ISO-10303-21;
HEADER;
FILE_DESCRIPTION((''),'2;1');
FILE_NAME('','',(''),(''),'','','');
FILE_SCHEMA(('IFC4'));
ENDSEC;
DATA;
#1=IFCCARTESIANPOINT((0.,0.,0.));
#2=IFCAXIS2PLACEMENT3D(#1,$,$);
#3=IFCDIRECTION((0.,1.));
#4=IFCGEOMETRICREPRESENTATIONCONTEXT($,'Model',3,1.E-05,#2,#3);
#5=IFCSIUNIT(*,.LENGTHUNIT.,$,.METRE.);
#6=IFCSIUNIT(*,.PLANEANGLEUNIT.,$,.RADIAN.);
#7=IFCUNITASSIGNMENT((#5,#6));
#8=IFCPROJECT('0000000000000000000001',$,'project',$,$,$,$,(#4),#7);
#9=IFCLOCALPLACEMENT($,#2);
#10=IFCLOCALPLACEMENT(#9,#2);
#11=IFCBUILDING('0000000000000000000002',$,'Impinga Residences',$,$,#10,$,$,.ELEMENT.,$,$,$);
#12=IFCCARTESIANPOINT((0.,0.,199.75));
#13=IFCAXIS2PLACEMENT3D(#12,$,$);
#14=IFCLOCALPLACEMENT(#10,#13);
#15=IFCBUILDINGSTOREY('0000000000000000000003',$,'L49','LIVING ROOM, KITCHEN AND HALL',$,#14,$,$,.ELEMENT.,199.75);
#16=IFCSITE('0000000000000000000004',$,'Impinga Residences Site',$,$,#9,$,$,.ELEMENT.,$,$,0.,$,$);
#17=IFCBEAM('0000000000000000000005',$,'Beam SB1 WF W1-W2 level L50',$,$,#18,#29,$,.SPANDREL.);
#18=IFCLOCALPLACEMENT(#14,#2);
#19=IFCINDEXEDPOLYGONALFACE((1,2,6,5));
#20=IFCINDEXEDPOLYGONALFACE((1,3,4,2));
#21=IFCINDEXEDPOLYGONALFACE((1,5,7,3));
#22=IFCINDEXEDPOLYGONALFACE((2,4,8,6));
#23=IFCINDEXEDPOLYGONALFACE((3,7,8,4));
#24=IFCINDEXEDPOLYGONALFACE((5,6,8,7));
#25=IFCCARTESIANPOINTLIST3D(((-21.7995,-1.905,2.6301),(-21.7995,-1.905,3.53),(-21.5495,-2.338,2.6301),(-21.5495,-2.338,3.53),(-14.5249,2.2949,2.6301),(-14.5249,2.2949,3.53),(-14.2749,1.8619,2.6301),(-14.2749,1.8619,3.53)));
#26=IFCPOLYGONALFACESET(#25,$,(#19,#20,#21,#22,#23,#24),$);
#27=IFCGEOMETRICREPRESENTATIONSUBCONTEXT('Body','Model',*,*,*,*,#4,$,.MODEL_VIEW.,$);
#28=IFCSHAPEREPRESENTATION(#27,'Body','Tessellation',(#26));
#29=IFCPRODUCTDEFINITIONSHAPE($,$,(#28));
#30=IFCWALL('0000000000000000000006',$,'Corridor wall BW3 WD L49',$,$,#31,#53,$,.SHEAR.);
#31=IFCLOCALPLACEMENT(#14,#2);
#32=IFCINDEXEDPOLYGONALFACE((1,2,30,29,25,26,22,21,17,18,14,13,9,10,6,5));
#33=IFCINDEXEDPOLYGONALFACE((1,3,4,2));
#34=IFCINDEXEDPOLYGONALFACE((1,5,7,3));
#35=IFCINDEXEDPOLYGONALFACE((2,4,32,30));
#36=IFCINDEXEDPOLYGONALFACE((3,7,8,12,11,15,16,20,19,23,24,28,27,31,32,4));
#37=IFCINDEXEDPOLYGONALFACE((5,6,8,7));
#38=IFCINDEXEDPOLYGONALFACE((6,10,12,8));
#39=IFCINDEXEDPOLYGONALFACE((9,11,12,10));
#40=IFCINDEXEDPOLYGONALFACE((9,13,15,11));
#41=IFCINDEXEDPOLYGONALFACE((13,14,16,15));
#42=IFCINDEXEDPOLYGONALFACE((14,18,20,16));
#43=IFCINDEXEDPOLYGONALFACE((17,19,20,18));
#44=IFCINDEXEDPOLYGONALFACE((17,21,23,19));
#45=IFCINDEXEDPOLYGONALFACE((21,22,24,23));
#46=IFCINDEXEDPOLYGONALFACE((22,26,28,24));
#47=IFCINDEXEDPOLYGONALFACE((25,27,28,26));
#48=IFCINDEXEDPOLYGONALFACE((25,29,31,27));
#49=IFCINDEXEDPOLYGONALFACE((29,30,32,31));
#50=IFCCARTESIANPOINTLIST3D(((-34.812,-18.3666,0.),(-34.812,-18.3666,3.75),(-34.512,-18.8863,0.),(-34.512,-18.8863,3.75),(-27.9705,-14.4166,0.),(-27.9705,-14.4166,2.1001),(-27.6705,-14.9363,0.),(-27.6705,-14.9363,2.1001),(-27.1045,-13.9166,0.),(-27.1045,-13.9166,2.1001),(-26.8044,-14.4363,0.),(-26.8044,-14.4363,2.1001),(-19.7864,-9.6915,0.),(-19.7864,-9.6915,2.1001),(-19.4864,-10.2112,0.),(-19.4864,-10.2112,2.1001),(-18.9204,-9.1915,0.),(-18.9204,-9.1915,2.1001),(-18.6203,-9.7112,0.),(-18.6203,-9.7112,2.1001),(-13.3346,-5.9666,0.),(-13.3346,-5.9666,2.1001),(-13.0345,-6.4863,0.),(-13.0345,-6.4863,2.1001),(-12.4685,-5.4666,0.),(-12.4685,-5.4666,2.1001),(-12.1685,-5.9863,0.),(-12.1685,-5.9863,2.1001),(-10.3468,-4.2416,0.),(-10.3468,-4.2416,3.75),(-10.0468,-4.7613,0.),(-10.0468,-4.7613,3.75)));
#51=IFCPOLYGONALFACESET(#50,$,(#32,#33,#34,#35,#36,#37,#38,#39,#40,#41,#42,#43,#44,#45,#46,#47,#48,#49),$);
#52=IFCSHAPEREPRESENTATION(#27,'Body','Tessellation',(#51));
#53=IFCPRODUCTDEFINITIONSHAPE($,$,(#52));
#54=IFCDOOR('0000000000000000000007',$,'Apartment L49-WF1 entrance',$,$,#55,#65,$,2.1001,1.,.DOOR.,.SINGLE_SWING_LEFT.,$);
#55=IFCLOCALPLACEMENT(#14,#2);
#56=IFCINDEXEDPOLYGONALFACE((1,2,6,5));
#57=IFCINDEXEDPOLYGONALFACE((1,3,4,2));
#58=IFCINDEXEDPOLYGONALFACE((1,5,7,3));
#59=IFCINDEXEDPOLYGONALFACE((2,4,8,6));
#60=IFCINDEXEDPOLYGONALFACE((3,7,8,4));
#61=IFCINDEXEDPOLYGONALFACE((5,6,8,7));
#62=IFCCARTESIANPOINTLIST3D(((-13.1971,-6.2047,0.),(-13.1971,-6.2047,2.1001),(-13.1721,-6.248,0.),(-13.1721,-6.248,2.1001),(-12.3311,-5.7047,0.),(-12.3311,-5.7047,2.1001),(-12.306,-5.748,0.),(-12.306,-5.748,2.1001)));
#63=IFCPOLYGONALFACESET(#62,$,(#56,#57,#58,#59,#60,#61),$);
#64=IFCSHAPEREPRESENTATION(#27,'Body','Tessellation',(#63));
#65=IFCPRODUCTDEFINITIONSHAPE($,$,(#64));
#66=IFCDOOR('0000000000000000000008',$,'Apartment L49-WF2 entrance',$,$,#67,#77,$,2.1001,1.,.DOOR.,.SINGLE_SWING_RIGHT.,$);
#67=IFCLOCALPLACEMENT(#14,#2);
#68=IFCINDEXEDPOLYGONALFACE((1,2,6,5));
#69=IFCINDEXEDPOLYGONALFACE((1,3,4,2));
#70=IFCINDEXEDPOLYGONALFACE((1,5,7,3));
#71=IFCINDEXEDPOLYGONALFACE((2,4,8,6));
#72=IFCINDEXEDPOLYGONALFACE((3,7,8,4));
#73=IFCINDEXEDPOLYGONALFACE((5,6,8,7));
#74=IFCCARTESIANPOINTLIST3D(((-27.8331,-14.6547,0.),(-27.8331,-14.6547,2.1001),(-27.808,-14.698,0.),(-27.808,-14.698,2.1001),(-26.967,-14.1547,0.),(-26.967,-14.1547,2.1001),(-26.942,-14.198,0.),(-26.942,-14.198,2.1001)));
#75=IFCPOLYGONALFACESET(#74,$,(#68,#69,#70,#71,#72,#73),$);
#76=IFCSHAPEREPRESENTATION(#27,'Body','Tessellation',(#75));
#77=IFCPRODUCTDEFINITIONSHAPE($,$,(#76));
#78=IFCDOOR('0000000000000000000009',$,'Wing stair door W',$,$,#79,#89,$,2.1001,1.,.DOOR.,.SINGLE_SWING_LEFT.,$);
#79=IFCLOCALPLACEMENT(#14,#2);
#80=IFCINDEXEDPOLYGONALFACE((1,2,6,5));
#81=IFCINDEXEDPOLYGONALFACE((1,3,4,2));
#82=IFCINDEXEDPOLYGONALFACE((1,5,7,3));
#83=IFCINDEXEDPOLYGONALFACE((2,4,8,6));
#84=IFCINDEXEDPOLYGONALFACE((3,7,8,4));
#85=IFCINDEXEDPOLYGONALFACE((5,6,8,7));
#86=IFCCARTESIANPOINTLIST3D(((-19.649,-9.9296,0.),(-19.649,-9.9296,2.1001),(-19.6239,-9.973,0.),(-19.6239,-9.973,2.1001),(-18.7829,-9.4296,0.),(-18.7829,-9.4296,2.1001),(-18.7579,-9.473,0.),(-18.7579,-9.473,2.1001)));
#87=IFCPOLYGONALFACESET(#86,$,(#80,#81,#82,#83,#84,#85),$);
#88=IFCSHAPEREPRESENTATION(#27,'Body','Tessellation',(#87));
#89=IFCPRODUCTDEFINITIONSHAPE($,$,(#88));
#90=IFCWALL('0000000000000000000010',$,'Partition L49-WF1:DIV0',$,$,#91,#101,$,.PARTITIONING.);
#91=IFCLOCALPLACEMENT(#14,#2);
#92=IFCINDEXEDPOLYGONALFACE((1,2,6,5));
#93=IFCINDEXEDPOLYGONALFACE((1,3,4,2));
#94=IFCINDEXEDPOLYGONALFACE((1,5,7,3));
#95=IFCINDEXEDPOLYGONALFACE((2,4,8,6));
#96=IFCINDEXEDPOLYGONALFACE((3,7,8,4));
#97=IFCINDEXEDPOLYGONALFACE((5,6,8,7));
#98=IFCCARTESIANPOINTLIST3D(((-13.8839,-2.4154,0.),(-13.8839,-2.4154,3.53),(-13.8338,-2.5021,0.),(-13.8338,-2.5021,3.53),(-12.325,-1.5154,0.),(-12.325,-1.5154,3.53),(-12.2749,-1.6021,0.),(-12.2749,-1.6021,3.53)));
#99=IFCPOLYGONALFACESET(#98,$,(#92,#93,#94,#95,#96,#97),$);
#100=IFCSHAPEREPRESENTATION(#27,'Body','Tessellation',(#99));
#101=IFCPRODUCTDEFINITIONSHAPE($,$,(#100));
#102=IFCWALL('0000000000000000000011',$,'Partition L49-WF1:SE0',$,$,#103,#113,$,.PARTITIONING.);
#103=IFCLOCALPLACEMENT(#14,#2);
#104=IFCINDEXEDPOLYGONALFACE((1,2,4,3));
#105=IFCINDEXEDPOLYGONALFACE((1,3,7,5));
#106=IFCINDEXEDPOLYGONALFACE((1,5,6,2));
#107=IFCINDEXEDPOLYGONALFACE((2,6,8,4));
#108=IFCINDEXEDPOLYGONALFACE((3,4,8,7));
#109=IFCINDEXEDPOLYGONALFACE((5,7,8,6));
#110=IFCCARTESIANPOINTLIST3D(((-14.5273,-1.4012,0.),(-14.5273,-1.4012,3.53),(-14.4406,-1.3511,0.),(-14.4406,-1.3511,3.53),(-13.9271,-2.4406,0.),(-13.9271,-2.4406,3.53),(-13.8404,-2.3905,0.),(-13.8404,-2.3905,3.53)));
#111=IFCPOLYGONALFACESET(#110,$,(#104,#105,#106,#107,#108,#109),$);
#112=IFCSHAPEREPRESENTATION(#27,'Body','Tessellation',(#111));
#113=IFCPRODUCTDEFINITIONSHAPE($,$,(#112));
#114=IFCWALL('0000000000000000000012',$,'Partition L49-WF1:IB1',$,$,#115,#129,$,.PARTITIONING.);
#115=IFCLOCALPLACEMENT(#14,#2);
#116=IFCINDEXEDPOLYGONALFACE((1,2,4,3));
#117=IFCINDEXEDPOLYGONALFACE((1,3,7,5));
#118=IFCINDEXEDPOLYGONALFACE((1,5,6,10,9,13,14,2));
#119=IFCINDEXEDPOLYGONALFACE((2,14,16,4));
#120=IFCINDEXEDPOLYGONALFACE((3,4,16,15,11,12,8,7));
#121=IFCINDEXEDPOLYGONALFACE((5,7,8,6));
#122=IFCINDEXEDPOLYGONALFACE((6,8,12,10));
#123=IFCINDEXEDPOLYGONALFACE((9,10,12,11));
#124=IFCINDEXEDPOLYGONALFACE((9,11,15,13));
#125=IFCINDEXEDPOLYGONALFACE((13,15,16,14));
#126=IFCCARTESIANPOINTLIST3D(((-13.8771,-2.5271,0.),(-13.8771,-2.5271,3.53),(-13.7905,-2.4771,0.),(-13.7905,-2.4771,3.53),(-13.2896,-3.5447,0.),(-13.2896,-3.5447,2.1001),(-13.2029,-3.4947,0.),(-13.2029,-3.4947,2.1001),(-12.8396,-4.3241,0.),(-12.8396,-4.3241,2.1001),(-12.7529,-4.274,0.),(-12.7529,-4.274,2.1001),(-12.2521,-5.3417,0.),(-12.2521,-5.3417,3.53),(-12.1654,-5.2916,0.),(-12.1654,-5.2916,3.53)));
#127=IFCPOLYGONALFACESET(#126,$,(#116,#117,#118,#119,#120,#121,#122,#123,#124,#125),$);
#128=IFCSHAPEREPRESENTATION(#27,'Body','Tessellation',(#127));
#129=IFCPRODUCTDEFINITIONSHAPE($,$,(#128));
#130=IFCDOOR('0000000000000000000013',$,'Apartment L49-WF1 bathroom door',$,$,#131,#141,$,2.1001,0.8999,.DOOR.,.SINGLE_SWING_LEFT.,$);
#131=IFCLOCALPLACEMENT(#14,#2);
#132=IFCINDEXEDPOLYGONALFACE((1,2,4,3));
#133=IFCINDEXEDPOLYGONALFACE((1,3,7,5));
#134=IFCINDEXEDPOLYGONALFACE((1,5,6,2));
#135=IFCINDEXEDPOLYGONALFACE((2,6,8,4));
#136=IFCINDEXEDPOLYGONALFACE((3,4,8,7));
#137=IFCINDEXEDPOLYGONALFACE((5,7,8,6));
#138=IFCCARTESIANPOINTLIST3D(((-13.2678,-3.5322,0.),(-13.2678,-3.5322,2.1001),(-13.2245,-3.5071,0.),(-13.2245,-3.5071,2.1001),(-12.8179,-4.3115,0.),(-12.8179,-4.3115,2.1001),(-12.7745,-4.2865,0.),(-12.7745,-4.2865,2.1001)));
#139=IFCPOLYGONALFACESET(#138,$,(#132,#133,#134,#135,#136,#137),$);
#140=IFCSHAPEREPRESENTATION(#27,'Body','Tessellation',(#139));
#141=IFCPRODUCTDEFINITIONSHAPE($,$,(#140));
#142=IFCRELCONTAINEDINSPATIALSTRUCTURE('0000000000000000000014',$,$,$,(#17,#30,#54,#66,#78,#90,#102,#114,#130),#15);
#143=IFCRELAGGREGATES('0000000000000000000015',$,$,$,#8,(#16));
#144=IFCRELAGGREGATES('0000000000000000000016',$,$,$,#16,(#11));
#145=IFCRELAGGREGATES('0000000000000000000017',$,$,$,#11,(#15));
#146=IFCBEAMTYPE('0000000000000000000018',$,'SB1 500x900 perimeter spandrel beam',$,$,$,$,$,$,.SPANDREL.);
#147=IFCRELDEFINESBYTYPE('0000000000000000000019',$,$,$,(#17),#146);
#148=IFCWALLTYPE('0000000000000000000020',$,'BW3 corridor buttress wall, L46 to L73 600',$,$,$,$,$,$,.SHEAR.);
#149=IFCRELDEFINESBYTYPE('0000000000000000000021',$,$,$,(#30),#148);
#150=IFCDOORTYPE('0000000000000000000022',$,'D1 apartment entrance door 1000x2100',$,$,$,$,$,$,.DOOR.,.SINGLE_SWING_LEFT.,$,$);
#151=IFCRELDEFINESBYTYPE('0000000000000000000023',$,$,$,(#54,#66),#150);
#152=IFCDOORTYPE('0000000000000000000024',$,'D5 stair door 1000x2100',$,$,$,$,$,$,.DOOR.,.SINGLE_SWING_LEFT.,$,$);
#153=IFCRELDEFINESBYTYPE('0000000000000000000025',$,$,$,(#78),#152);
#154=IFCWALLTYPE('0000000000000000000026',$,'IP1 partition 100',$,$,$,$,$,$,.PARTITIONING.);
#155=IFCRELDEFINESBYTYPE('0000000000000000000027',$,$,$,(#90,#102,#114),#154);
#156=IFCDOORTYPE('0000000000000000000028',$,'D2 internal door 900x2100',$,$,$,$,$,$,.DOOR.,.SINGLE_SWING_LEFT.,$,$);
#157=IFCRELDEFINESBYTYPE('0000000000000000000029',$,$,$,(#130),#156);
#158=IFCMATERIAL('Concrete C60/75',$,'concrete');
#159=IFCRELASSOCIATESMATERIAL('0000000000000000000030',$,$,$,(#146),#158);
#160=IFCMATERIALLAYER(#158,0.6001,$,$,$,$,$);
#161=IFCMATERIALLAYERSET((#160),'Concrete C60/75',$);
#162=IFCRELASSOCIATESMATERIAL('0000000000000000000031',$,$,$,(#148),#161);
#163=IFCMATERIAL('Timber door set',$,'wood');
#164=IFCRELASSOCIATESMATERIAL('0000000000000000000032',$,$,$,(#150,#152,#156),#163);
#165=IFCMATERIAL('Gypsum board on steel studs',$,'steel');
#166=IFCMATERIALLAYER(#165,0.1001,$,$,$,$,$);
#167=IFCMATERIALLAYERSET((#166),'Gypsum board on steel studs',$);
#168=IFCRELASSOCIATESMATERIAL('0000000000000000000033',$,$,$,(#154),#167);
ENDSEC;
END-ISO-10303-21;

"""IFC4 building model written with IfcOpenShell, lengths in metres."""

from ifc_helpers import new_model, si_unit, direction, frame, frame_2d, origin, origin_2d, place, context, subcontext, project, spatial, rectangle, extrude, material, layer, layer_set, material_profile, profile_set, type_object, element, fill, save


model = new_model("IFC4")

# Units and contexts
model_context = context("Model", 3, precision=1e-05, world=origin(), true_north=direction((0.0, 1.0)))
body_context = subcontext(model_context, "Body", "Model", "MODEL_VIEW")
ifc_project = project(units=[si_unit("LENGTHUNIT", "METRE"), si_unit("PLANEANGLEUNIT", "RADIAN")], contexts=[model_context])

# Site, building, storey
site_placement = place(None, origin())
site = spatial("IfcSite", under=ifc_project, at=site_placement, Name="Impinga Residences Site", CompositionType="ELEMENT", RefElevation=0.0)
building_placement = place(site_placement, origin())
building = spatial("IfcBuilding", under=site, at=building_placement, Name="Impinga Residences", CompositionType="ELEMENT")
storey_placement = place(building_placement, frame((0.0, 0.0, 199.75)))
storey = spatial("IfcBuildingStorey", under=building, at=storey_placement, Name="L49", Description="LIVING ROOM, KITCHEN AND HALL", CompositionType="ELEMENT", Elevation=199.75)

# Beam
ifc_material_1 = material(Name="Concrete C60/75", Category="concrete")
ifc_material_profile = material_profile(ifc_material_1, rectangle(XDim=0.5, YDim=0.8999, at=origin_2d()), Name="RC 500x900")
ifc_profile_set = profile_set([ifc_material_profile], Name="Concrete C60/75")
beam_type = type_object("IfcBeamType", Name="SB1 500x900 perimeter spandrel beam", PredefinedType="SPANDREL", material=ifc_profile_set)
beam_placement = place(storey_placement, frame((-14.3999, 2.0784, 3.0801), z_axis=(-0.866029, -0.499993, 0.0), x_axis=(0.499993, -0.866029, 0.0)))
element("IfcBeam", 1, at=beam_placement, inside=storey, type_object=beam_type, Name="Beam SB1 WF W1-W2 level L50", PredefinedType="SPANDREL", context=body_context, shape_type="SweptSolid", body=[
    extrude(rectangle(XDim=0.5, YDim=0.8999, at=origin_2d()), origin(), (0.0, 0.0, 1.0), 8.3999),
])

# Wall, openings, doors
ifc_layer_1 = layer(ifc_material_1, 0.6001)
ifc_layer_set_1 = layer_set([ifc_layer_1], Name="Concrete C60/75")
wall_type_1 = type_object("IfcWallType", Name="BW3 corridor buttress wall, L46 to L73 600", PredefinedType="SHEAR", material=ifc_layer_set_1)
wall_1_placement = place(storey_placement, frame((-10.1968, -4.5015, 0.0), z_axis=(0.0, 0.0, 1.0), x_axis=(-0.866026, -0.499998, 0.0)))
wall_1 = element("IfcWall", 2, at=wall_1_placement, inside=storey, type_object=wall_type_1, Name="Corridor wall BW3 WD L49", PredefinedType="SHEAR", context=body_context, shape_type="SweptSolid", body=[
    extrude(rectangle(XDim=28.25, YDim=0.6001, at=frame_2d((14.125, 0.0))), origin(), (0.0, 0.0, 1.0), 3.75),
])
opening_1_placement = place(wall_1_placement, frame((9.8999, 0.0, 0.0)))
opening_1 = element("IfcOpeningElement", 3, at=opening_1_placement, cuts=wall_1, PredefinedType="OPENING", context=body_context, shape_type="SweptSolid", body=[
    extrude(rectangle(XDim=1.0, YDim=2.1001, at=frame_2d((0.5, 1.05))), frame((0.0, 0.3101, 0.0), z_axis=(0.0, -1.0, 0.0), x_axis=(1.0, 0.0, 0.0)), (0.0, 0.0, 1.0), 0.6201),
])
opening_2_placement = place(wall_1_placement, frame((2.45, 0.0, 0.0)))
opening_2 = element("IfcOpeningElement", 4, at=opening_2_placement, cuts=wall_1, PredefinedType="OPENING", context=body_context, shape_type="SweptSolid", body=[
    extrude(rectangle(XDim=1.0, YDim=2.1001, at=frame_2d((0.5, 1.05))), frame((0.0, 0.3101, 0.0), z_axis=(0.0, -1.0, 0.0), x_axis=(1.0, 0.0, 0.0)), (0.0, 0.0, 1.0), 0.6201),
])
opening_3_placement = place(wall_1_placement, frame((19.3501, 0.0, 0.0)))
opening_3 = element("IfcOpeningElement", 5, at=opening_3_placement, cuts=wall_1, PredefinedType="OPENING", context=body_context, shape_type="SweptSolid", body=[
    extrude(rectangle(XDim=1.0, YDim=2.1001, at=frame_2d((0.5, 1.05))), frame((0.0, 0.3101, 0.0), z_axis=(0.0, -1.0, 0.0), x_axis=(1.0, 0.0, 0.0)), (0.0, 0.0, 1.0), 0.6201),
])
ifc_material_2 = material(Name="Timber door set", Category="wood")
door_type_1 = type_object("IfcDoorType", Name="D1 apartment entrance door 1000x2100", OperationType="SINGLE_SWING_LEFT", PredefinedType="DOOR", material=ifc_material_2)
door_1_placement = place(opening_2_placement, origin())
door_1 = element("IfcDoor", 6, at=door_1_placement, inside=storey, type_object=door_type_1, Name="Apartment L49-WF1 entrance", OperationType="SINGLE_SWING_LEFT", OverallHeight=2.1001, OverallWidth=1.0, PredefinedType="DOOR", context=body_context, shape_type="SweptSolid", body=[
    extrude(rectangle(XDim=1.0, YDim=2.1001, at=frame_2d((0.5, 1.05))), frame((0.0, 0.0249, 0.0), z_axis=(0.0, -1.0, 0.0), x_axis=(1.0, 0.0, 0.0)), (0.0, 0.0, 1.0), 0.05),
])
fill(opening_2, door_1)
door_2_placement = place(opening_3_placement, origin())
door_2 = element("IfcDoor", 7, at=door_2_placement, inside=storey, type_object=door_type_1, Name="Apartment L49-WF2 entrance", OperationType="SINGLE_SWING_RIGHT", OverallHeight=2.1001, OverallWidth=1.0, PredefinedType="DOOR", context=body_context, shape_type="SweptSolid", body=[
    extrude(rectangle(XDim=1.0, YDim=2.1001, at=frame_2d((0.5, 1.05))), frame((0.0, 0.0249, 0.0), z_axis=(0.0, -1.0, 0.0), x_axis=(1.0, 0.0, 0.0)), (0.0, 0.0, 1.0), 0.05),
])
fill(opening_3, door_2)
door_type_2 = type_object("IfcDoorType", Name="D5 stair door 1000x2100", OperationType="SINGLE_SWING_LEFT", PredefinedType="DOOR", material=ifc_material_2)
door_3_placement = place(opening_1_placement, origin())
door_3 = element("IfcDoor", 8, at=door_3_placement, inside=storey, type_object=door_type_2, Name="Wing stair door W", OperationType="SINGLE_SWING_LEFT", OverallHeight=2.1001, OverallWidth=1.0, PredefinedType="DOOR", context=body_context, shape_type="SweptSolid", body=[
    extrude(rectangle(XDim=1.0, YDim=2.1001, at=frame_2d((0.5, 1.05))), frame((0.0, 0.0249, 0.0), z_axis=(0.0, -1.0, 0.0), x_axis=(1.0, 0.0, 0.0)), (0.0, 0.0, 1.0), 0.05),
])
fill(opening_1, door_3)

# Walls
ifc_material_3 = material(Name="Gypsum board on steel studs", Category="steel")
ifc_layer_2 = layer(ifc_material_3, 0.1001)
ifc_layer_set_2 = layer_set([ifc_layer_2], Name="Gypsum board on steel studs")
wall_type_2 = type_object("IfcWallType", Name="IP1 partition 100", PredefinedType="PARTITIONING", material=ifc_layer_set_2)
wall_2_placement = place(storey_placement, frame((-12.3, -1.5588, 0.0), z_axis=(0.0, 0.0, 1.0), x_axis=(-0.866048, -0.499961, 0.0)))
element("IfcWall", 9, at=wall_2_placement, inside=storey, type_object=wall_type_2, Name="Partition L49-WF1:DIV0", PredefinedType="PARTITIONING", context=body_context, shape_type="SweptSolid", body=[
    extrude(rectangle(XDim=1.8, YDim=0.1001, at=frame_2d((0.8999, 0.0))), origin(), (0.0, 0.0, 1.0), 3.53),
])
wall_3_placement = place(storey_placement, frame((-13.8838, -2.4155, 0.0), z_axis=(0.0, 0.0, 1.0), x_axis=(-0.500034, 0.866006, 0.0)))
element("IfcWall", 10, at=wall_3_placement, inside=storey, type_object=wall_type_2, Name="Partition L49-WF1:SE0", PredefinedType="PARTITIONING", context=body_context, shape_type="SweptSolid", body=[
    extrude(rectangle(XDim=1.2002, YDim=0.1001, at=frame_2d((0.6001, 0.0))), origin(), (0.0, 0.0, 1.0), 3.53),
])

# Wall, opening, door
wall_4_placement = place(storey_placement, frame((-12.2087, -5.3167, 0.0), z_axis=(0.0, 0.0, 1.0), x_axis=(-0.500017, 0.866015, 0.0)))
wall_4 = element("IfcWall", 11, at=wall_4_placement, inside=storey, type_object=wall_type_2, Name="Partition L49-WF1:IB1", PredefinedType="PARTITIONING", context=body_context, shape_type="SweptSolid", body=[
    extrude(rectangle(XDim=3.25, YDim=0.1001, at=frame_2d((1.625, 0.0))), origin(), (0.0, 0.0, 1.0), 3.53),
])
opening_4_placement = place(wall_4_placement, frame((1.175, 0.0, 0.0)))
opening_4 = element("IfcOpeningElement", 12, at=opening_4_placement, cuts=wall_4, PredefinedType="OPENING", context=body_context, shape_type="SweptSolid", body=[
    extrude(rectangle(XDim=0.8999, YDim=2.1001, at=frame_2d((0.45, 1.05))), frame((0.0, 0.0601, 0.0), z_axis=(0.0, -1.0, 0.0), x_axis=(1.0, 0.0, 0.0)), (0.0, 0.0, 1.0), 0.1201),
])
door_type_3 = type_object("IfcDoorType", Name="D2 internal door 900x2100", OperationType="SINGLE_SWING_LEFT", PredefinedType="DOOR", material=ifc_material_2)
door_4_placement = place(opening_4_placement, origin())
door_4 = element("IfcDoor", 13, at=door_4_placement, inside=storey, type_object=door_type_3, Name="Apartment L49-WF1 bathroom door", OperationType="SINGLE_SWING_LEFT", OverallHeight=2.1001, OverallWidth=0.8999, PredefinedType="DOOR", context=body_context, shape_type="SweptSolid", body=[
    extrude(rectangle(XDim=0.8999, YDim=2.1001, at=frame_2d((0.45, 1.05))), frame((0.0, 0.0249, 0.0), z_axis=(0.0, -1.0, 0.0), x_axis=(1.0, 0.0, 0.0)), (0.0, 0.0, 1.0), 0.05),
])
fill(opening_4, door_4)

save(model, "model.ifc")
